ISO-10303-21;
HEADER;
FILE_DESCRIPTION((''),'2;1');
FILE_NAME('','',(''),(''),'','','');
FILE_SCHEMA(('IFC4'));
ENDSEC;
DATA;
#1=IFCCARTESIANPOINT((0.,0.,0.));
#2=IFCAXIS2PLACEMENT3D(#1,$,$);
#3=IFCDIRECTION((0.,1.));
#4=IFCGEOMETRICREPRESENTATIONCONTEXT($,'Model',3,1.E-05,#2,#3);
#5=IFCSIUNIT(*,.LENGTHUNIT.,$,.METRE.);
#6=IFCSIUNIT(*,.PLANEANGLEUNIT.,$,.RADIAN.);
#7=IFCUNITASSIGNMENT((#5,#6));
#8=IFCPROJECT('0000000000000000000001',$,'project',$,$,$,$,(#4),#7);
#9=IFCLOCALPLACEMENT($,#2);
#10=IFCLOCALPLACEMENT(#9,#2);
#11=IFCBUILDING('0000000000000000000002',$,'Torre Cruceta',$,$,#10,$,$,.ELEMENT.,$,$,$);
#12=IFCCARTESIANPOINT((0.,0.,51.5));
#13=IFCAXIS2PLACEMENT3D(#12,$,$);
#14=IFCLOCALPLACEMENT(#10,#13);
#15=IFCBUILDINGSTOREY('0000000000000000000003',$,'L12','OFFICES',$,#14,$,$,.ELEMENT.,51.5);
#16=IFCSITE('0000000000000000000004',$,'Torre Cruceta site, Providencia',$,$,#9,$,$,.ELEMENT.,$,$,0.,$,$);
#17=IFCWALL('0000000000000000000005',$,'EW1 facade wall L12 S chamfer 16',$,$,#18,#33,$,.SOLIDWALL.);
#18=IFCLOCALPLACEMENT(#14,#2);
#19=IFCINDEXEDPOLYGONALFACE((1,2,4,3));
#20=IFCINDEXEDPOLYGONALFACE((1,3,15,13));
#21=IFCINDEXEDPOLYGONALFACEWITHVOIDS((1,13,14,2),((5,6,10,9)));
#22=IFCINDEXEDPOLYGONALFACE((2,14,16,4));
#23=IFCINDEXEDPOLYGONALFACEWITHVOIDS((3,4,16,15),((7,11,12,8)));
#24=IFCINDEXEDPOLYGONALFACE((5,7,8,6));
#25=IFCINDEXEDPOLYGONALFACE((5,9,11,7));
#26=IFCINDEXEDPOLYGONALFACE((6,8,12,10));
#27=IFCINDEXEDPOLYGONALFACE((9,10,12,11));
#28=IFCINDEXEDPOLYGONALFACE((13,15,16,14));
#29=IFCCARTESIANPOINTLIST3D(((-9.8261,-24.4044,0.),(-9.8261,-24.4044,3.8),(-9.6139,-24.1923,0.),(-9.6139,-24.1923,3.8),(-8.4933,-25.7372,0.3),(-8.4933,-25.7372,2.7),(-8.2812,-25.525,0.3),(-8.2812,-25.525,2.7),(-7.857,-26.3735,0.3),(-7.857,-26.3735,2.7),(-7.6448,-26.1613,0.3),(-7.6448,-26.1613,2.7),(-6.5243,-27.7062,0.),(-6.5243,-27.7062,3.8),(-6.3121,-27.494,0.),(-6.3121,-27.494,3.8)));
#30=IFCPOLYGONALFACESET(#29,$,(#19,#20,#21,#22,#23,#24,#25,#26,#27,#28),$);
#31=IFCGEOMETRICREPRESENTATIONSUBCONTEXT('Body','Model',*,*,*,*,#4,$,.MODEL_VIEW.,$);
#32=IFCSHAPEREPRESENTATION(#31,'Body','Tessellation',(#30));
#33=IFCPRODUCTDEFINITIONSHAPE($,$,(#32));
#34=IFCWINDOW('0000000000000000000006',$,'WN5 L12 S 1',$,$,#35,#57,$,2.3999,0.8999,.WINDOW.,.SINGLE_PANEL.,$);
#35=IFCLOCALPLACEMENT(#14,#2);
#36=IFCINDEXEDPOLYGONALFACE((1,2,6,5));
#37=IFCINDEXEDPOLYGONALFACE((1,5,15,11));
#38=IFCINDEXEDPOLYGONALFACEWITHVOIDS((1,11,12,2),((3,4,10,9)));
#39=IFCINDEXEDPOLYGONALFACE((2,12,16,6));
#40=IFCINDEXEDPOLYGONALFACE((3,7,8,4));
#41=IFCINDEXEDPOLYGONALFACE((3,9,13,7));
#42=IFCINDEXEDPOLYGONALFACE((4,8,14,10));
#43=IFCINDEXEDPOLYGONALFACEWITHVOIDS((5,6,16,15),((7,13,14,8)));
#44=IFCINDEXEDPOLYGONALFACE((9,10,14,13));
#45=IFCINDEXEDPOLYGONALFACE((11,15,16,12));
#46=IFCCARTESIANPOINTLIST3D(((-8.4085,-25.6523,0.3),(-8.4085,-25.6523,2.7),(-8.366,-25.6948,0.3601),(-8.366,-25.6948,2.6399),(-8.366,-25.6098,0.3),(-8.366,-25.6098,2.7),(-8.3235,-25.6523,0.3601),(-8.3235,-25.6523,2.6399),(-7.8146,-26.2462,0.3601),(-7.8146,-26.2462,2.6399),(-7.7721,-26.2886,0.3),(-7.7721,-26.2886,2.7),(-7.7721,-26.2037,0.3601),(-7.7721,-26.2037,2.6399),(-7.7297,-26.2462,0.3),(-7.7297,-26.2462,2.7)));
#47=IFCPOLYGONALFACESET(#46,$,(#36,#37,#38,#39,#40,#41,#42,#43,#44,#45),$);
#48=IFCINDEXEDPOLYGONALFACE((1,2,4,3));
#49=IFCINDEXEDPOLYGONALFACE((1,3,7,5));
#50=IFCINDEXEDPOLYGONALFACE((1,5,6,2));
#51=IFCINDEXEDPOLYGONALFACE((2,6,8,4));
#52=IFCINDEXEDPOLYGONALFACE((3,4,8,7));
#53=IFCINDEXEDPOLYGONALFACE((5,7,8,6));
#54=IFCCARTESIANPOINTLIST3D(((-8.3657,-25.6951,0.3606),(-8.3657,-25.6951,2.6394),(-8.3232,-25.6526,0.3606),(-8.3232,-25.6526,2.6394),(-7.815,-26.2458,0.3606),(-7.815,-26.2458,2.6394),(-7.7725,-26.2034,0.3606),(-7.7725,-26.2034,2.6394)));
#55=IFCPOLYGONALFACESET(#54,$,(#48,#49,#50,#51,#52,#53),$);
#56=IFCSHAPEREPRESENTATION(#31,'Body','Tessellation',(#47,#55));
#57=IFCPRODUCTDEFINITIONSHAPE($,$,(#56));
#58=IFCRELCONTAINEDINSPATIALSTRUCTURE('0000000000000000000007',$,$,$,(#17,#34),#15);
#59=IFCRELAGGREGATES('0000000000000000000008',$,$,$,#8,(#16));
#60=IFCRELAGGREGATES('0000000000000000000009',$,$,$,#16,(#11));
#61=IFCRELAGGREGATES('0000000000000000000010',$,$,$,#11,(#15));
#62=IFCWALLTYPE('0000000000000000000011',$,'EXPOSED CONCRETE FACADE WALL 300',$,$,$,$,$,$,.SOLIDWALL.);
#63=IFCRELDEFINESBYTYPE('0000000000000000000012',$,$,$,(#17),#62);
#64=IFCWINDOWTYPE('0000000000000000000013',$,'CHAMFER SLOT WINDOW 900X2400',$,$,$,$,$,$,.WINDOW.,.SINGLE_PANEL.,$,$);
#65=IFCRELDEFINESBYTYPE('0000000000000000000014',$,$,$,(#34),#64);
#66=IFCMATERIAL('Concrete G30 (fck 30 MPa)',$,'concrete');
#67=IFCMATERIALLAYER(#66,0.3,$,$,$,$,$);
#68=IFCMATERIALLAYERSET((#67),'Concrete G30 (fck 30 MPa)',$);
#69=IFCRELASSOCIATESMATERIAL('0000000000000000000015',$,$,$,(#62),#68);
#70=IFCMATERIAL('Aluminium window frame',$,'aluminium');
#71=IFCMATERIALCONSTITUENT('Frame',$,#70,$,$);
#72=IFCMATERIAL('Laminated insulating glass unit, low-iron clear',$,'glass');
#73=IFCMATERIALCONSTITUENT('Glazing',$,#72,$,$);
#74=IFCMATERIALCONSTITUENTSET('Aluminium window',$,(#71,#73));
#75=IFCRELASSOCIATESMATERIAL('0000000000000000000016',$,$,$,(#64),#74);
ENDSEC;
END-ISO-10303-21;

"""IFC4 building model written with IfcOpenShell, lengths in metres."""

from ifc_helpers import new_model, si_unit, direction, frame, frame_2d, origin, place, context, subcontext, project, spatial, rectangle, hollow_rectangle, extrude, material, layer, layer_set, constituent, constituent_set, type_object, element, fill, save


model = new_model("IFC4")

# Units and contexts
model_context = context("Model", 3, precision=1e-05, world=origin(), true_north=direction((0.0, 1.0)))
body_context = subcontext(model_context, "Body", "Model", "MODEL_VIEW")
ifc_project = project(units=[si_unit("LENGTHUNIT", "METRE"), si_unit("PLANEANGLEUNIT", "RADIAN")], contexts=[model_context])

# Site, building, storey
site_placement = place(None, origin())
site = spatial("IfcSite", under=ifc_project, at=site_placement, Name="Torre Cruceta site, Providencia", CompositionType="ELEMENT", RefElevation=0.0)
building_placement = place(site_placement, origin())
building = spatial("IfcBuilding", under=site, at=building_placement, Name="Torre Cruceta", CompositionType="ELEMENT")
storey_placement = place(building_placement, frame((0.0, 0.0, 51.5)))
storey = spatial("IfcBuildingStorey", under=building, at=storey_placement, Name="L12", Description="OFFICES", CompositionType="ELEMENT", Elevation=51.5)

# Wall, opening, window
ifc_material_1 = material(Name="Concrete G30 (fck 30 MPa)", Category="concrete")
ifc_layer_1 = layer(ifc_material_1, 0.3)
ifc_layer_set_1 = layer_set([ifc_layer_1], Name="Concrete G30 (fck 30 MPa)")
wall_type = type_object("IfcWallType", Name="EXPOSED CONCRETE FACADE WALL 300", PredefinedType="SOLIDWALL", material=ifc_layer_set_1)
wall_placement = place(storey_placement, frame((-9.72, -24.2983, 0.0), z_axis=(0.0, 0.0, 1.0), x_axis=(0.707107, -0.707107, 0.0)))
wall = element("IfcWall", 1, at=wall_placement, inside=storey, type_object=wall_type, Name="EW1 facade wall L12 S chamfer 16", PredefinedType="SOLIDWALL", context=body_context, shape_type="SweptSolid", body=[
    extrude(rectangle(XDim=4.6694, YDim=0.3, at=frame_2d((2.3347, 0.0))), origin(), (0.0, 0.0, 1.0), 3.8),
])
opening_placement = place(wall_placement, frame((1.8848, 0.0, 0.3)))
opening = element("IfcOpeningElement", 2, at=opening_placement, cuts=wall, PredefinedType="OPENING", context=body_context, shape_type="SweptSolid", body=[
    extrude(rectangle(XDim=0.8999, YDim=2.3999, at=frame_2d((0.45, 1.2))), frame((0.0, 0.1599, 0.0), z_axis=(0.0, -1.0, 0.0), x_axis=(1.0, 0.0, 0.0)), (0.0, 0.0, 1.0), 0.3201),
])
ifc_material_2 = material(Name="Aluminium window frame", Category="aluminium")
ifc_constituent_1 = constituent(ifc_material_2, Name="Frame")
ifc_material_3 = material(Name="Laminated insulating glass unit, low-iron clear", Category="glass")
ifc_constituent_2 = constituent(ifc_material_3, Name="Glazing")
ifc_constituent_set = constituent_set(constituents=[ifc_constituent_1, ifc_constituent_2], Name="Aluminium window")
window_type = type_object("IfcWindowType", Name="CHAMFER SLOT WINDOW 900X2400", PartitioningType="SINGLE_PANEL", PredefinedType="WINDOW", material=ifc_constituent_set)
window_placement = place(opening_placement, origin())
window = element("IfcWindow", 3, at=window_placement, inside=storey, type_object=window_type, Name="WN5 L12 S 1", OverallHeight=2.3999, OverallWidth=0.8999, PartitioningType="SINGLE_PANEL", PredefinedType="WINDOW", context=body_context, shape_type="SweptSolid", body=[
    extrude(hollow_rectangle(XDim=0.8999, YDim=2.3999, WallThickness=0.0601, at=frame_2d((0.45, 1.2))), frame((0.0, 0.03, 0.0), z_axis=(0.0, -1.0, 0.0), x_axis=(1.0, 0.0, 0.0)), (0.0, 0.0, 1.0), 0.0601),
    extrude(rectangle(XDim=0.7788, YDim=2.2788, at=frame_2d((0.45, 1.2))), frame((0.0, 0.03, 0.0), z_axis=(0.0, -1.0, 0.0), x_axis=(1.0, 0.0, 0.0)), (0.0, 0.0, 1.0), 0.0601),
])
fill(opening, window)

save(model, "model.ifc")
